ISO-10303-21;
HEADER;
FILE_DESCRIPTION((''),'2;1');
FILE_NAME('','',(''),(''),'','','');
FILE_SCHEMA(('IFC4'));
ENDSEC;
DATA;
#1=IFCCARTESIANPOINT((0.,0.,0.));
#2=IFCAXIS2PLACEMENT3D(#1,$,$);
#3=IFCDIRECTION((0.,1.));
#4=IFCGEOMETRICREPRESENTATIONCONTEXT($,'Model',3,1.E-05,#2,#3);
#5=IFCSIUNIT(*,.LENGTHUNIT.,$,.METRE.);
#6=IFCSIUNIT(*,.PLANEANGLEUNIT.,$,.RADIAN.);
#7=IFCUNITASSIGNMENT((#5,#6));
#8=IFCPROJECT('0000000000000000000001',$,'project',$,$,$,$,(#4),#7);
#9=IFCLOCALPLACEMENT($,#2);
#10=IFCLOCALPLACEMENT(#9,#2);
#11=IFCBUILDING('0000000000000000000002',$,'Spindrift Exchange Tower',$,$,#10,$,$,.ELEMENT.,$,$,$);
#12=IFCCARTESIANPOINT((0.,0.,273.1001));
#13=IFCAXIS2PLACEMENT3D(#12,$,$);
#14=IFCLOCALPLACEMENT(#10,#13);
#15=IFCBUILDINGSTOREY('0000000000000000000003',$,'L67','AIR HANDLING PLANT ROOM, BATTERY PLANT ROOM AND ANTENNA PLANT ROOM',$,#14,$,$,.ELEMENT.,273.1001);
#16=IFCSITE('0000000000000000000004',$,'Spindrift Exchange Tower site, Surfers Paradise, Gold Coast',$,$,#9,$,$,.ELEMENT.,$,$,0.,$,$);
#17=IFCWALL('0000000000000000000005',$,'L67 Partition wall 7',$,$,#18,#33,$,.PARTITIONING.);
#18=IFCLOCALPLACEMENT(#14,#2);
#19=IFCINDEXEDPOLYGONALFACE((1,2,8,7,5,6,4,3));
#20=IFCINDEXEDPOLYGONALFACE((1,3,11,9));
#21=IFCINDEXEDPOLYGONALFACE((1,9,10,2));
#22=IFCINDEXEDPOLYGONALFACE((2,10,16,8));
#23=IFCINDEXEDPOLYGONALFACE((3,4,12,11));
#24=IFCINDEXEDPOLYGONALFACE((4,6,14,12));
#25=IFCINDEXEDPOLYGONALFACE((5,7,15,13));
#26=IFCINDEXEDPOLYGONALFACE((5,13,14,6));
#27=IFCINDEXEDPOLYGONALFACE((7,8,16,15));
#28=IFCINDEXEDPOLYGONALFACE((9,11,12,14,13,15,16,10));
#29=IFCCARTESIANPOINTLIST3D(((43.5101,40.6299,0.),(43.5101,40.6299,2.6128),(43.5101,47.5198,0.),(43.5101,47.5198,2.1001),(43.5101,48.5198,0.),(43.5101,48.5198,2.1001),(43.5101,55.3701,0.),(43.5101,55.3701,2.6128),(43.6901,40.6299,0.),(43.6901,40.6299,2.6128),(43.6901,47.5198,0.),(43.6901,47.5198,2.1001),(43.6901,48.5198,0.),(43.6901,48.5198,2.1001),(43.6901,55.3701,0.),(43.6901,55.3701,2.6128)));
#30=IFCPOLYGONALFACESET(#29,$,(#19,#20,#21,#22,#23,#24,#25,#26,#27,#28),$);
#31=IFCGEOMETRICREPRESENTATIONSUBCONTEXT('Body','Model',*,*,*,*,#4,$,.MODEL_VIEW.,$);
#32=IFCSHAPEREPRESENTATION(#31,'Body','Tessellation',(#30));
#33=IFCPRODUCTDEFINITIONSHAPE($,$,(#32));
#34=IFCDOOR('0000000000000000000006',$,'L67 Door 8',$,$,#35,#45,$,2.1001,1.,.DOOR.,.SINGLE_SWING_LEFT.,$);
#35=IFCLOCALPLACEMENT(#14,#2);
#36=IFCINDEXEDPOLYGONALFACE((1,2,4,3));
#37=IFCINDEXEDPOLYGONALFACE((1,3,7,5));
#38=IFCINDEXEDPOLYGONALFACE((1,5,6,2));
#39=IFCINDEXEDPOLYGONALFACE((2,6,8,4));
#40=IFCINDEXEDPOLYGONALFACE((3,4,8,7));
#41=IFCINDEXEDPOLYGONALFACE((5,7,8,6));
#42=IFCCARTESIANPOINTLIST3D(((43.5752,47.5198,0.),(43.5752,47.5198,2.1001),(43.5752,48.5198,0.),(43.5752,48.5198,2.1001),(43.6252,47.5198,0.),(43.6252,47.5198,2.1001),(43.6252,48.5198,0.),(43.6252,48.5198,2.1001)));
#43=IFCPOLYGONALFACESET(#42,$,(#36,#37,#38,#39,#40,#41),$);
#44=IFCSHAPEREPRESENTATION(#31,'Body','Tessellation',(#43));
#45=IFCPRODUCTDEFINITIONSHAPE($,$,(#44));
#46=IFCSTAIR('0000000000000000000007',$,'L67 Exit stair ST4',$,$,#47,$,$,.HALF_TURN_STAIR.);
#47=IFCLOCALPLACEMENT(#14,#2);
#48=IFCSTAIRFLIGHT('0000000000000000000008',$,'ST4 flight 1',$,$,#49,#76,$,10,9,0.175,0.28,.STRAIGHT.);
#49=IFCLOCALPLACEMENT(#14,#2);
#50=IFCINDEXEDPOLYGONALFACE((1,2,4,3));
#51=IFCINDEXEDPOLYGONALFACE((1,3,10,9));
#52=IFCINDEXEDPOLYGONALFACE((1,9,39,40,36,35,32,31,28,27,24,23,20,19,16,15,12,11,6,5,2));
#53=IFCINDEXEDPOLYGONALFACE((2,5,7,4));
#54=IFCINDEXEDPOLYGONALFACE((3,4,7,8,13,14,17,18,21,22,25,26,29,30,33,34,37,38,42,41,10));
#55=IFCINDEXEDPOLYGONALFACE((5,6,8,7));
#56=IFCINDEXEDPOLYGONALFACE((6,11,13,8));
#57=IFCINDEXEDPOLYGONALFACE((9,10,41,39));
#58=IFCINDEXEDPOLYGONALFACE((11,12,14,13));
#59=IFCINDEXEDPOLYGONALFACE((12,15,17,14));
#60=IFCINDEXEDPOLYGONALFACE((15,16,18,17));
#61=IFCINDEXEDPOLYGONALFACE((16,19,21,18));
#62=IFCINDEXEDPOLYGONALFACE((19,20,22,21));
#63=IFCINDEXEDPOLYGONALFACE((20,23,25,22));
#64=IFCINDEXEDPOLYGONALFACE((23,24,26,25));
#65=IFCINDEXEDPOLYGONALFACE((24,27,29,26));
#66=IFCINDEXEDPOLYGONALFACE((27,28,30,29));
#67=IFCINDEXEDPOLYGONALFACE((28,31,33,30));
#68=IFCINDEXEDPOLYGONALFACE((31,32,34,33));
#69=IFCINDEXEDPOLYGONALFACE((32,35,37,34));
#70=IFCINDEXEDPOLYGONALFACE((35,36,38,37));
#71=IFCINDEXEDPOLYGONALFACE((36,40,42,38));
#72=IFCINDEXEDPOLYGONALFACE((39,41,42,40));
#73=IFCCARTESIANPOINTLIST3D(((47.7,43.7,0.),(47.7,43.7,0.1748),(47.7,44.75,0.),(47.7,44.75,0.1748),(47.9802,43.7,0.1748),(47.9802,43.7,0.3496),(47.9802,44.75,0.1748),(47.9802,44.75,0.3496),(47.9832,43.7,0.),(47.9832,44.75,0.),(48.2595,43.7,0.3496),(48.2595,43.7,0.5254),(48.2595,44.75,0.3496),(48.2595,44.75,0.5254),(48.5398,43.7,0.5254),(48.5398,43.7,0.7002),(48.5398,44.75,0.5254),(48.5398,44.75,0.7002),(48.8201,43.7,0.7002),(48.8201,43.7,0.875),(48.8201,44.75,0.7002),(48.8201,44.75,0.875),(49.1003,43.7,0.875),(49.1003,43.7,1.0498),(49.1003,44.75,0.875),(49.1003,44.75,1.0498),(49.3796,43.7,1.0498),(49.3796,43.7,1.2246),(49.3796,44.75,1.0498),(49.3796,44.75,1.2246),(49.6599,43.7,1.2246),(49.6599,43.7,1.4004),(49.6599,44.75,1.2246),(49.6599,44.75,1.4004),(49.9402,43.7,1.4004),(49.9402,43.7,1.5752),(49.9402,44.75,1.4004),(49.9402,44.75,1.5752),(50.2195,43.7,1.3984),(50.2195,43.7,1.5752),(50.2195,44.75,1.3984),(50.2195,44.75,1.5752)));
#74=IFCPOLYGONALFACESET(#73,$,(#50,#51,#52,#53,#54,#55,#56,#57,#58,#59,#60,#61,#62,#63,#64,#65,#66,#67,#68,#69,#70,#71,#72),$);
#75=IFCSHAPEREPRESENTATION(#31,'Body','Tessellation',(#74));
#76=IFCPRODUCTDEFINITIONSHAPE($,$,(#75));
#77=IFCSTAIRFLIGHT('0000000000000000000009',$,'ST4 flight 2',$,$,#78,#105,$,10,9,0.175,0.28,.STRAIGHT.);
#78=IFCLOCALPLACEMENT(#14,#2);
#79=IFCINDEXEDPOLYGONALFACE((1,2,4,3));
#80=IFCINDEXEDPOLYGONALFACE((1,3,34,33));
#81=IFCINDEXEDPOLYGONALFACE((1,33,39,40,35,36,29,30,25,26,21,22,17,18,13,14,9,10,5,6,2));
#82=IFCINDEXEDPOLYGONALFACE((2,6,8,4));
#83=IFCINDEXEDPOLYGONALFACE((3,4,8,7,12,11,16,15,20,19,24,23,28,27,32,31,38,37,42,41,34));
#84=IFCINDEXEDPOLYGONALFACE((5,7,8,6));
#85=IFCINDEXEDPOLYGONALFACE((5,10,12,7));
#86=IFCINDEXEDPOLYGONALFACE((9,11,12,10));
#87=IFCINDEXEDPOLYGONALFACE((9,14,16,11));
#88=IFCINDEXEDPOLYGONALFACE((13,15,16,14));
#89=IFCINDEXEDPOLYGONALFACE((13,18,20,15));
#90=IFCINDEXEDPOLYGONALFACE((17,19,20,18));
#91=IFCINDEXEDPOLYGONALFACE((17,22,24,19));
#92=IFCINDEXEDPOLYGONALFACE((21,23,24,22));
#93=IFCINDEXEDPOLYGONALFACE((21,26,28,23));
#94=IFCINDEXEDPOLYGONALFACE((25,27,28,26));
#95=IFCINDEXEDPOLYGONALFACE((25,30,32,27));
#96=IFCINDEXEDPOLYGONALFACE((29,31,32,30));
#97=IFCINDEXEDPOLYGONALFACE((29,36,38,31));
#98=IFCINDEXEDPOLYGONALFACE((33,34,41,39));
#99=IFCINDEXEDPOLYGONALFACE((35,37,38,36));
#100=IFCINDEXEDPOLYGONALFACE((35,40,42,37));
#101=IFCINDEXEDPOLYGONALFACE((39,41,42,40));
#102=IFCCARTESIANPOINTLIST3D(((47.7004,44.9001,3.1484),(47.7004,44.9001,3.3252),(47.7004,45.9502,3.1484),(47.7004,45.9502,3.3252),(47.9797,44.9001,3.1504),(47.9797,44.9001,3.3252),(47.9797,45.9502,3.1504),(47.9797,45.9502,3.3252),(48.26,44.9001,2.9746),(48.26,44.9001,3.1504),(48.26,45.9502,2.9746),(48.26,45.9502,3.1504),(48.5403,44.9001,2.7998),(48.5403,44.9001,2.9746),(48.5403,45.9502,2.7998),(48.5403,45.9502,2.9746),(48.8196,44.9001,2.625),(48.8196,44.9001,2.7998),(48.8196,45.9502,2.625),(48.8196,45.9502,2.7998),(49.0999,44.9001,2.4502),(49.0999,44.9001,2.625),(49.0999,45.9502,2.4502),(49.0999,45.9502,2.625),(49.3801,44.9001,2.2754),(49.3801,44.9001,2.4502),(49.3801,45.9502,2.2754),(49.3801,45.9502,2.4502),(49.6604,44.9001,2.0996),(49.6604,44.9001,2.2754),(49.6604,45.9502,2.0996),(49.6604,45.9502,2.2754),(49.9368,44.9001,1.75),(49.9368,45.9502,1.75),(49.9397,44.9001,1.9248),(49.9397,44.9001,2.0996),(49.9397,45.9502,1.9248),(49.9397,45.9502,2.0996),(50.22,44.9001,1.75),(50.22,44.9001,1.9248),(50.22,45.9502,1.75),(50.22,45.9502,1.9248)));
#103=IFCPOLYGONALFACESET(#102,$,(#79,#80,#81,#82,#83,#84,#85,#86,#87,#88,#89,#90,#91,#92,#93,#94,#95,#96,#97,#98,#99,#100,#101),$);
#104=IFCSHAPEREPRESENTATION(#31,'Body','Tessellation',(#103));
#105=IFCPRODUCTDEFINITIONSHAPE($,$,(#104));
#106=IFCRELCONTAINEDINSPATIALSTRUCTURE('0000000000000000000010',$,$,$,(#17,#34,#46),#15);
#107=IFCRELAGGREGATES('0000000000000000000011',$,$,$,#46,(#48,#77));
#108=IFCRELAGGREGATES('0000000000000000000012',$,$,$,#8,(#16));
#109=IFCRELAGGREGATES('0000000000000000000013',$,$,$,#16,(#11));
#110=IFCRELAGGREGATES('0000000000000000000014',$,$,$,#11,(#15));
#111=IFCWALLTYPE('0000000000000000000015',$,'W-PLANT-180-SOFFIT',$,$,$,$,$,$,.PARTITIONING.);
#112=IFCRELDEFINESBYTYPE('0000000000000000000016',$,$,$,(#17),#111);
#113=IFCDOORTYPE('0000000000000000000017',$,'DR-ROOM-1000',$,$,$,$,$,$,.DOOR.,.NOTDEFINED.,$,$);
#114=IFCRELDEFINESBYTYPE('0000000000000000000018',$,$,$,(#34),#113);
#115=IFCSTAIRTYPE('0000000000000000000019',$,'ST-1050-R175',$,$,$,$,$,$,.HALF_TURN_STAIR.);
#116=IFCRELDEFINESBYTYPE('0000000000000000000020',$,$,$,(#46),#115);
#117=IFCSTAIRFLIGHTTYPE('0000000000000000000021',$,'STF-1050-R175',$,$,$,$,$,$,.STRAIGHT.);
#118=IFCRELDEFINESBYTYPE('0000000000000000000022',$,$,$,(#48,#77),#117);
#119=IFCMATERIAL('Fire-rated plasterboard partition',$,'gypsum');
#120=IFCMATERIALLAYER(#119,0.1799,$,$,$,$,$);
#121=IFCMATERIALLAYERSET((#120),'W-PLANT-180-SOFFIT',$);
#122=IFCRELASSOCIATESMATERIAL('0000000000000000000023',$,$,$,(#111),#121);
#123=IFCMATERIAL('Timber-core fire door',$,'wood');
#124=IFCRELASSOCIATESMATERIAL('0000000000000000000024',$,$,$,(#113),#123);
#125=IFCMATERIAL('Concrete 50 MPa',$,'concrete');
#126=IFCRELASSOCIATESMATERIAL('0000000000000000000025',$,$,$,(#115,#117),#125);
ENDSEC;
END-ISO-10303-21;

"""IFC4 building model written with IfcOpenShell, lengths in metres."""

from ifc_helpers import new_model, si_unit, direction, frame, frame_2d, origin, place, context, subcontext, project, spatial, line, indexed_curve, rectangle, outline, extrude, source, transform, mapped, material, layer, layer_set, type_object, element, fill, aggregate, save


model = new_model("IFC4")

# Units and contexts
model_context = context("Model", 3, precision=1e-05, world=origin(), true_north=direction((0.0, 1.0)))
body_context = subcontext(model_context, "Body", "Model", "MODEL_VIEW")
ifc_project = project(units=[si_unit("LENGTHUNIT", "METRE"), si_unit("PLANEANGLEUNIT", "RADIAN")], contexts=[model_context])

# Site, building, storey
site_placement = place(None, origin())
site = spatial("IfcSite", under=ifc_project, at=site_placement, Name="Spindrift Exchange Tower site, Surfers Paradise, Gold Coast", CompositionType="ELEMENT", RefElevation=0.0)
building_placement = place(site_placement, origin())
building = spatial("IfcBuilding", under=site, at=building_placement, Name="Spindrift Exchange Tower", CompositionType="ELEMENT")
storey_placement = place(building_placement, frame((0.0, 0.0, 273.1001)))
storey = spatial("IfcBuildingStorey", under=building, at=storey_placement, Name="L67", Description="AIR HANDLING PLANT ROOM, BATTERY PLANT ROOM AND ANTENNA PLANT ROOM", CompositionType="ELEMENT", Elevation=273.1001)

# Shared definitions
ifc_material_1 = material(Name="Fire-rated plasterboard partition", Category="gypsum")

# Wall, opening, door
ifc_layer_1 = layer(ifc_material_1, 0.1799)
ifc_layer_set_1 = layer_set([ifc_layer_1], Name="W-PLANT-180-SOFFIT")
wall_type_1 = type_object("IfcWallType", Name="W-PLANT-180-SOFFIT", PredefinedType="PARTITIONING", material=ifc_layer_set_1)
wall_1_placement = place(storey_placement, frame((43.6001, 40.6299, 0.0), z_axis=(0.0, 0.0, 1.0), x_axis=(0.0, 1.0, 0.0)))
wall_1 = element("IfcWall", 1, at=wall_1_placement, inside=storey, type_object=wall_type_1, Name="L67 Partition wall 7", PredefinedType="PARTITIONING", context=body_context, shape_type="SweptSolid", body=[
    extrude(rectangle(XDim=14.7402, YDim=0.1799, at=frame_2d((7.3701, 0.0))), origin(), (0.0, 0.0, 1.0), 2.6128),
])
opening_placement = place(wall_1_placement, frame((6.8899, 0.0, 0.0)))
opening = element("IfcOpeningElement", 2, at=opening_placement, cuts=wall_1, PredefinedType="OPENING", context=body_context, shape_type="SweptSolid", body=[
    extrude(rectangle(XDim=1.0, YDim=2.1001, at=frame_2d((0.5, 1.05))), frame((0.0, 0.0999, 0.0), z_axis=(0.0, -1.0, 0.0), x_axis=(1.0, 0.0, 0.0)), (0.0, 0.0, 1.0), 0.2),
])
ifc_material_2 = material(Name="Timber-core fire door", Category="wood")
door_type = type_object("IfcDoorType", Name="DR-ROOM-1000", OperationType="NOTDEFINED", PredefinedType="DOOR", material=ifc_material_2)
shared_shape_1 = source(origin(), body_context, "Body", "SweptSolid", [
    extrude(rectangle(XDim=1.0, YDim=2.1001, at=frame_2d((0.5, 1.05))), frame((0.0, 0.0249, 0.0), z_axis=(0.0, -1.0, 0.0), x_axis=(1.0, 0.0, 0.0)), (0.0, 0.0, 1.0), 0.05),
])
door_placement = place(opening_placement, origin())
door = element("IfcDoor", 3, at=door_placement, inside=storey, type_object=door_type, Name="L67 Door 8", OperationType="SINGLE_SWING_LEFT", OverallHeight=2.1001, OverallWidth=1.0, PredefinedType="DOOR", context=body_context, shape_type="MappedRepresentation", body=[
    mapped(shared_shape_1, transform((0.0, 0.0, 0.0), scale=1.0)),
])
fill(opening, door)

# Stair, stair flights
ifc_material_3 = material(Name="Concrete 50 MPa", Category="concrete")
stair_type = type_object("IfcStairType", Name="ST-1050-R175", PredefinedType="HALF_TURN_STAIR", material=ifc_material_3)
stair_placement = place(storey_placement, origin())
stair = element("IfcStair", 4, at=stair_placement, inside=storey, type_object=stair_type, Name="L67 Exit stair ST4", PredefinedType="HALF_TURN_STAIR")
stair_flight_type = type_object("IfcStairFlightType", Name="STF-1050-R175", PredefinedType="STRAIGHT", material=ifc_material_3)
stair_flight_1_placement = place(storey_placement, frame((47.7, 44.2251, 0.0), z_axis=(0.0, 0.0, 1.0), x_axis=(1.0, 0.0, 0.0)))
stair_flight_1 = element("IfcStairFlight", 5, at=stair_flight_1_placement, type_object=stair_flight_type, Name="ST4 flight 1", NumberOfRisers=10, NumberOfTreads=9, PredefinedType="STRAIGHT", RiserHeight=0.175, TreadLength=0.28, context=body_context, shape_type="SweptSolid", body=[
    extrude(outline(indexed_curve([(0.0, 0.0), (0.0, 0.1748), (0.2803, 0.1748), (0.2803, 0.3496), (0.5596, 0.3496), (0.5596, 0.5254), (0.8398, 0.5254), (0.8398, 0.7002), (1.1201, 0.7002), (1.1201, 0.875), (1.4004, 0.875), (1.4004, 1.0498), (1.6797, 1.0498), (1.6797, 1.2246), (1.96, 1.2246), (1.96, 1.4004), (2.2402, 1.4004), (2.2402, 1.5752), (2.5195, 1.5752), (2.5195, 1.75), (2.5195, 1.3984), (0.2832, 0.0)], segments=[line(1, 2, 3, 4, 5, 6, 7, 8, 9, 10, 11, 12, 13, 14, 15, 16, 17, 18, 19, 20, 21, 22, 1)], self_intersect=False)), frame((0.0, 0.5249, 0.0), z_axis=(0.0, -1.0, 0.0), x_axis=(1.0, 0.0, 0.0)), (0.0, 0.0, 1.0), 1.05),
])
stair_flight_2_placement = place(storey_placement, frame((50.22, 45.425, 1.75), z_axis=(0.0, 0.0, 1.0), x_axis=(-1.0, 0.0, 0.0)))
stair_flight_2 = element("IfcStairFlight", 6, at=stair_flight_2_placement, type_object=stair_flight_type, Name="ST4 flight 2", NumberOfRisers=10, NumberOfTreads=9, PredefinedType="STRAIGHT", RiserHeight=0.175, TreadLength=0.28, context=body_context, shape_type="SweptSolid", body=[
    extrude(outline(indexed_curve([(0.0, 0.0), (0.0, 0.1748), (0.2803, 0.1748), (0.2803, 0.3496), (0.5596, 0.3496), (0.5596, 0.5254), (0.8398, 0.5254), (0.8398, 0.7002), (1.1201, 0.7002), (1.1201, 0.875), (1.4004, 0.875), (1.4004, 1.0498), (1.6797, 1.0498), (1.6797, 1.2246), (1.96, 1.2246), (1.96, 1.4004), (2.2402, 1.4004), (2.2402, 1.5752), (2.5195, 1.5752), (2.5195, 1.75), (2.5195, 1.3984), (0.2832, 0.0)], segments=[line(1, 2, 3, 4, 5, 6, 7, 8, 9, 10, 11, 12, 13, 14, 15, 16, 17, 18, 19, 20, 21, 22, 1)], self_intersect=False)), frame((0.0, 0.5249, 0.0), z_axis=(0.0, -1.0, 0.0), x_axis=(1.0, 0.0, 0.0)), (0.0, 0.0, 1.0), 1.05),
])
aggregate(stair, [stair_flight_1, stair_flight_2])

save(model, "model.ifc")
